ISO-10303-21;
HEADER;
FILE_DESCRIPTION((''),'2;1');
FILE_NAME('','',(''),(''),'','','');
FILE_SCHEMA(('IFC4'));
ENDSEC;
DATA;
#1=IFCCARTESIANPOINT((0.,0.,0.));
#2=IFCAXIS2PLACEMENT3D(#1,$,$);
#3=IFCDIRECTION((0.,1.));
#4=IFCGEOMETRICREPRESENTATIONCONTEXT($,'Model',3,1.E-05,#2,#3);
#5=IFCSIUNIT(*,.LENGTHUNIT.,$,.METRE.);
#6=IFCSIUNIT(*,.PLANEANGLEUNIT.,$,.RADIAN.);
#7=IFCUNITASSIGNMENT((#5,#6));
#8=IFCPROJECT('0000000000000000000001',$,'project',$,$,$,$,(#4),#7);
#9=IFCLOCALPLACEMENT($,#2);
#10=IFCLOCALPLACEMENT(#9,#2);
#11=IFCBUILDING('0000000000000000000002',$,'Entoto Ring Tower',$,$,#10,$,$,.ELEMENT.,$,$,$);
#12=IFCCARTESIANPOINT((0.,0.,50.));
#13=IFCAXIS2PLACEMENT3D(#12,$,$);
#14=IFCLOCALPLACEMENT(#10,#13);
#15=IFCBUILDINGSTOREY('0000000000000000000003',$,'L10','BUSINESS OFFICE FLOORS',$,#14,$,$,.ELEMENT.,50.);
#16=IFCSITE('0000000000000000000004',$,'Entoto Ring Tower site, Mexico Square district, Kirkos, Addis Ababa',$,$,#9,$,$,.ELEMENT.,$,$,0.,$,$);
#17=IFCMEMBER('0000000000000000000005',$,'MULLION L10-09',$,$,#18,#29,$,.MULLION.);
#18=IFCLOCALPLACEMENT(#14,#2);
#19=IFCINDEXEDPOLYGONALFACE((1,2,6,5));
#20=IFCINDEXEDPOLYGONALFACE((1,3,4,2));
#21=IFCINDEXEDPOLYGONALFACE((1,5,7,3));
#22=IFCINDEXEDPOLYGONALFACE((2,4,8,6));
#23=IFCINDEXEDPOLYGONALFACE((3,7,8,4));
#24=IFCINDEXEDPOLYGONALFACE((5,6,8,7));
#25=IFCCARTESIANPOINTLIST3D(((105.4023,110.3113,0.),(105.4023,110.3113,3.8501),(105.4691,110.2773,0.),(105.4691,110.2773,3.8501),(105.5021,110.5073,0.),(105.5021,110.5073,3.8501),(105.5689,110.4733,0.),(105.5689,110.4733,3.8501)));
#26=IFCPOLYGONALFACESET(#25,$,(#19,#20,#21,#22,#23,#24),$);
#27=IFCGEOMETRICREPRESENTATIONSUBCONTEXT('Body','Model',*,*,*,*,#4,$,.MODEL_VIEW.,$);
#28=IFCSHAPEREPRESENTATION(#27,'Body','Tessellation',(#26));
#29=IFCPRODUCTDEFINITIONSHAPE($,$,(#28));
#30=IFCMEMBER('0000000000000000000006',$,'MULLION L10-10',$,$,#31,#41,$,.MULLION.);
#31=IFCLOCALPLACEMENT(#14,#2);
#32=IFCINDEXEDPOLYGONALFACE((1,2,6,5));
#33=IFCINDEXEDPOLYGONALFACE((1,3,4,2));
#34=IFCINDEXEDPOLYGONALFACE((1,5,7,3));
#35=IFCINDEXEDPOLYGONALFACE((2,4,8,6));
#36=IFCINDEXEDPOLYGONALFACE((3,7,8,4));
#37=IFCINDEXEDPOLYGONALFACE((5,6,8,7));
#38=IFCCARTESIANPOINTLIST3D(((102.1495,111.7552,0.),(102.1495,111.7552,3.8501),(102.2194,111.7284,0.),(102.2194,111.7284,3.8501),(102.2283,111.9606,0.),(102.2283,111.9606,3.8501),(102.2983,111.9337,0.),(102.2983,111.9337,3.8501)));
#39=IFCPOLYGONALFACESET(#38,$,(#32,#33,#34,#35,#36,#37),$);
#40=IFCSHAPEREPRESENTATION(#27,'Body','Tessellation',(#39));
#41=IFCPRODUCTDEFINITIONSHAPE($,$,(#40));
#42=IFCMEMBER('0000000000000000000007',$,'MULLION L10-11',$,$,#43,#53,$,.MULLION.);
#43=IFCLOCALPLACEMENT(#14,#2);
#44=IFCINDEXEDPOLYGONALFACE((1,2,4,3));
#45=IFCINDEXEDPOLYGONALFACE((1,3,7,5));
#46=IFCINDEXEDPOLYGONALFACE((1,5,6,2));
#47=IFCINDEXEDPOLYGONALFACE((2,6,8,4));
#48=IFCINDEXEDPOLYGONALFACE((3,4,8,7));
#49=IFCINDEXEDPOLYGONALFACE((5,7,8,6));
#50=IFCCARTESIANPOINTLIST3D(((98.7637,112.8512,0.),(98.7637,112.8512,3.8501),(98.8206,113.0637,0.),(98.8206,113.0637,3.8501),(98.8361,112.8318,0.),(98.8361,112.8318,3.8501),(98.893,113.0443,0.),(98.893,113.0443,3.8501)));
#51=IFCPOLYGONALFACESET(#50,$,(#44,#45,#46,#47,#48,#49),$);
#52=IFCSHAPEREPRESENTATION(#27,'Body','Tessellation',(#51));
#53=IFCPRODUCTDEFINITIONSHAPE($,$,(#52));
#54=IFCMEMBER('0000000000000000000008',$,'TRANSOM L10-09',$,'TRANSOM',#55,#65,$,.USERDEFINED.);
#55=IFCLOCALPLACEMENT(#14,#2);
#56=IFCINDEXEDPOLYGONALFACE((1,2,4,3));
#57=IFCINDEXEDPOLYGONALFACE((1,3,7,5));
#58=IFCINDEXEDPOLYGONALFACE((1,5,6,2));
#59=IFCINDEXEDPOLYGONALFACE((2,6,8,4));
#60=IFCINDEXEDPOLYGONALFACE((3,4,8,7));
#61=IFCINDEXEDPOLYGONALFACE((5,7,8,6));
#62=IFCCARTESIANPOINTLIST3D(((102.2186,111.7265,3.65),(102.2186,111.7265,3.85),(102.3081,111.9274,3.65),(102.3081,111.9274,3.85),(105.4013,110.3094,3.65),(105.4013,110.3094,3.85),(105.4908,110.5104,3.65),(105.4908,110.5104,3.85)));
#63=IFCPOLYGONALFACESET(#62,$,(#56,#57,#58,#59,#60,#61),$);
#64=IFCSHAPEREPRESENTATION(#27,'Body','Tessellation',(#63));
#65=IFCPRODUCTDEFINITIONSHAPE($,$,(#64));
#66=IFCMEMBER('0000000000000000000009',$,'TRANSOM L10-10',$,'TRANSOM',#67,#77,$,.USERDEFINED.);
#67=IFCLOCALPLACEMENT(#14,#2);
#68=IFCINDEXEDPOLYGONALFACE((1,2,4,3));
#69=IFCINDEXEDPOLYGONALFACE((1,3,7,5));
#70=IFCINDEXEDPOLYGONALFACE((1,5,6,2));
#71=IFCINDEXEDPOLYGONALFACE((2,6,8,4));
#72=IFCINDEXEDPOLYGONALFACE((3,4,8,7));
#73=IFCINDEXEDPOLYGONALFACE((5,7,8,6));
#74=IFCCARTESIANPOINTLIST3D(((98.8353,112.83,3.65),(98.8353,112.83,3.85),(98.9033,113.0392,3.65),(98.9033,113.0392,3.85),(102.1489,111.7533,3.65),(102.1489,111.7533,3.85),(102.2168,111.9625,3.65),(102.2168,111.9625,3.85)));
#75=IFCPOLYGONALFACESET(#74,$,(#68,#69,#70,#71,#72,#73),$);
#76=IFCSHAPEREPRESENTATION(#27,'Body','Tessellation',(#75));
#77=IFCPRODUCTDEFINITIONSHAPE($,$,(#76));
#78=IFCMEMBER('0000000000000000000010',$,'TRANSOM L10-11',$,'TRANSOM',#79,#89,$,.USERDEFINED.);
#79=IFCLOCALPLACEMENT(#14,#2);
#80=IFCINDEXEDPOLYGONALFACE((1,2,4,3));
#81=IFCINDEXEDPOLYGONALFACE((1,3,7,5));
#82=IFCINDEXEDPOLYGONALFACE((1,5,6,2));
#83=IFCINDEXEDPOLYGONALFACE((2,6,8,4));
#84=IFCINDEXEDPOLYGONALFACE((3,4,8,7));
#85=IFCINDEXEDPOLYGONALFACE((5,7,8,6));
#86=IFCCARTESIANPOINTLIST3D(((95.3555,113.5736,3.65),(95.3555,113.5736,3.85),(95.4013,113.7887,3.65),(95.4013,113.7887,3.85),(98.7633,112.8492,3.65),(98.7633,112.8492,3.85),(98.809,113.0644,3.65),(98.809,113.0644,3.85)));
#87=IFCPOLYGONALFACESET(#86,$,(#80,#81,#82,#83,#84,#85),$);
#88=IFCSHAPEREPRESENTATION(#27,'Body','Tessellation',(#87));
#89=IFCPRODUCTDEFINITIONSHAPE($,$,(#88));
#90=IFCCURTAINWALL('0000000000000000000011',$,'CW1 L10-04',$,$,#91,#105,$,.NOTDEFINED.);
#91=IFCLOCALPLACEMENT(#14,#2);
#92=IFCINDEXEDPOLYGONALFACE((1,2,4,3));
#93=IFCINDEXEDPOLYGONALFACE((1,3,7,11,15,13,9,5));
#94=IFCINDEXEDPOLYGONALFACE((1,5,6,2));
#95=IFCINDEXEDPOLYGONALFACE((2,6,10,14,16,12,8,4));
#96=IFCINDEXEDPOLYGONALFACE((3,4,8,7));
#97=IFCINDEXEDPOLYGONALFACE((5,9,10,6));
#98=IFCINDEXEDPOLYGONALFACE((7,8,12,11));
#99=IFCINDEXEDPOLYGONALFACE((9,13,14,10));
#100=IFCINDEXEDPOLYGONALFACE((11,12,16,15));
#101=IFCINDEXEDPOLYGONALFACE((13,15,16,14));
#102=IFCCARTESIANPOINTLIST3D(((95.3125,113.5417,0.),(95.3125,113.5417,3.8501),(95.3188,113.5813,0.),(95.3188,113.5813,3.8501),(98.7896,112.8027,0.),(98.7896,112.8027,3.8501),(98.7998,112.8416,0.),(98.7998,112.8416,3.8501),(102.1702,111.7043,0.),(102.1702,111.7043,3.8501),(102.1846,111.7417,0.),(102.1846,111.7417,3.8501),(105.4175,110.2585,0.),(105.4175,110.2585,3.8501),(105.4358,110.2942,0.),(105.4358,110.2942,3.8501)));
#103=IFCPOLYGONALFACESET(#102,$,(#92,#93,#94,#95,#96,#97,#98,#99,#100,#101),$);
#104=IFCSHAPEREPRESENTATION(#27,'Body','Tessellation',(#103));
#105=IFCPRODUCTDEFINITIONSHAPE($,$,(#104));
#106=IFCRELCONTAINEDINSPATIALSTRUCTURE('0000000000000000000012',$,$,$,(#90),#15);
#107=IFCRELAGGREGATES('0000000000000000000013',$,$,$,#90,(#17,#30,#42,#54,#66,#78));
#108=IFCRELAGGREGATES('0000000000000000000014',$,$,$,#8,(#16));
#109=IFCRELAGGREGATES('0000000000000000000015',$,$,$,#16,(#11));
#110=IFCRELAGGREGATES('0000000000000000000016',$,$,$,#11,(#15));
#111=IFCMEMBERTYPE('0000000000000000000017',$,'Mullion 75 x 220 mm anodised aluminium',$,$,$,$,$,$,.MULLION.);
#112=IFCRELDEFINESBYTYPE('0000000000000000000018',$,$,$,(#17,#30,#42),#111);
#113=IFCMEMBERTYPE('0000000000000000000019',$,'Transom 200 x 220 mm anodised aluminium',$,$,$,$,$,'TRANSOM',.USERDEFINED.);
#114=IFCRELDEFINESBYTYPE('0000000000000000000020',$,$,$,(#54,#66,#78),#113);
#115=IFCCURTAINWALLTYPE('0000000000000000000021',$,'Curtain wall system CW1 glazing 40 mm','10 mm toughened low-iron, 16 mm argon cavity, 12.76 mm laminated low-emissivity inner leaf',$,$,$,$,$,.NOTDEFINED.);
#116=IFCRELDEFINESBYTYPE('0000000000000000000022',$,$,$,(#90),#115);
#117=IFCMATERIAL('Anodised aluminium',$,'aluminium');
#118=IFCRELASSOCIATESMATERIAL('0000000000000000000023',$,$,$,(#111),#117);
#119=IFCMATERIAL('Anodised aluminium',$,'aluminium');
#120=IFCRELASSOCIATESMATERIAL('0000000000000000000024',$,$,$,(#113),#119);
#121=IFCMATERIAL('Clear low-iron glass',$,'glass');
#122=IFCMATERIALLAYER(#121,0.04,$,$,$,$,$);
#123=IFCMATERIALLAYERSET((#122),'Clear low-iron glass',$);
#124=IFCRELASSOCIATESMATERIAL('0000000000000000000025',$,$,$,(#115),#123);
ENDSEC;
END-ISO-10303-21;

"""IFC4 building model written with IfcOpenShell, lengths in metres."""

from ifc_helpers import new_model, si_unit, direction, frame, origin, origin_2d, place, context, subcontext, project, spatial, polyline, rectangle, outline, extrude, material, layer, layer_set, material_profile, profile_set, type_object, element, aggregate, save


model = new_model("IFC4")

# Units and contexts
model_context = context("Model", 3, precision=1e-05, world=origin(), true_north=direction((0.0, 1.0)))
body_context = subcontext(model_context, "Body", "Model", "MODEL_VIEW")
ifc_project = project(units=[si_unit("LENGTHUNIT", "METRE"), si_unit("PLANEANGLEUNIT", "RADIAN")], contexts=[model_context])

# Members
ifc_material_1 = material(Name="Anodised aluminium", Category="aluminium")
ifc_material_profile_1 = material_profile(ifc_material_1, rectangle(XDim=0.075, YDim=0.22, at=origin_2d()), Name="Mullion 75 x 220 mm anodised aluminium")
ifc_profile_set_1 = profile_set([ifc_material_profile_1], Name="Anodised aluminium")
member_type_1 = type_object("IfcMemberType", Name="Mullion 75 x 220 mm anodised aluminium", PredefinedType="MULLION", material=ifc_profile_set_1)
site_placement = place(None, origin())
building_placement = place(site_placement, origin())
storey_placement = place(building_placement, frame((0.0, 0.0, 50.0)))
member_1_placement = place(storey_placement, frame((105.4856, 110.3923, 0.0), z_axis=(0.0, 0.0, 1.0), x_axis=(-0.891007, 0.45399, 0.0)))
member_1 = element("IfcMember", 1, at=member_1_placement, type_object=member_type_1, Name="MULLION L10-09", PredefinedType="MULLION", context=body_context, shape_type="SweptSolid", body=[
    extrude(rectangle(XDim=0.075, YDim=0.22, at=origin_2d()), origin(), (0.0, 0.0, 1.0), 3.8501),
])
member_2_placement = place(storey_placement, frame((102.2239, 111.8445, 0.0), z_axis=(0.0, 0.0, 1.0), x_axis=(-0.93358, 0.358368, 0.0)))
member_2 = element("IfcMember", 2, at=member_2_placement, type_object=member_type_1, Name="MULLION L10-10", PredefinedType="MULLION", context=body_context, shape_type="SweptSolid", body=[
    extrude(rectangle(XDim=0.075, YDim=0.22, at=origin_2d()), origin(), (0.0, 0.0, 1.0), 3.8501),
])
member_3_placement = place(storey_placement, frame((98.8284, 112.9478, 0.0), z_axis=(0.0, 0.0, 1.0), x_axis=(-0.965926, 0.258819, 0.0)))
member_3 = element("IfcMember", 3, at=member_3_placement, type_object=member_type_1, Name="MULLION L10-11", PredefinedType="MULLION", context=body_context, shape_type="SweptSolid", body=[
    extrude(rectangle(XDim=0.075, YDim=0.22, at=origin_2d()), origin(), (0.0, 0.0, 1.0), 3.8501),
])
ifc_material_2 = material(Name="Anodised aluminium", Category="aluminium")
ifc_material_profile_2 = material_profile(ifc_material_2, rectangle(XDim=0.22, YDim=0.2, at=origin_2d()), Name="Transom 200 x 220 mm anodised aluminium")
ifc_profile_set_2 = profile_set([ifc_material_profile_2], Name="Anodised aluminium")
member_type_2 = type_object("IfcMemberType", Name="Transom 200 x 220 mm anodised aluminium", ElementType="TRANSOM", PredefinedType="USERDEFINED", material=ifc_profile_set_2)
member_4_placement = place(storey_placement, frame((105.446, 110.4099, 3.75), z_axis=(-0.913545, 0.406737, 0.0), x_axis=(-0.406737, -0.913545, 0.0)))
member_4 = element("IfcMember", 4, at=member_4_placement, type_object=member_type_2, Name="TRANSOM L10-09", ObjectType="TRANSOM", PredefinedType="USERDEFINED", context=body_context, shape_type="SweptSolid", body=[
    extrude(rectangle(XDim=0.22, YDim=0.2, at=origin_2d()), origin(), (0.0, 0.0, 1.0), 3.4839),
])
member_5_placement = place(storey_placement, frame((102.1829, 111.8579, 3.75), z_axis=(-0.951053, 0.309029, 0.0), x_axis=(-0.309029, -0.951053, 0.0)))
member_5 = element("IfcMember", 5, at=member_5_placement, type_object=member_type_2, Name="TRANSOM L10-10", ObjectType="TRANSOM", PredefinedType="USERDEFINED", context=body_context, shape_type="SweptSolid", body=[
    extrude(rectangle(XDim=0.22, YDim=0.2, at=origin_2d()), origin(), (0.0, 0.0, 1.0), 3.4841),
])
member_6_placement = place(storey_placement, frame((98.7861, 112.9568, 3.75), z_axis=(-0.978146, 0.207921, 0.0), x_axis=(-0.207921, -0.978146, 0.0)))
member_6 = element("IfcMember", 6, at=member_6_placement, type_object=member_type_2, Name="TRANSOM L10-11", ObjectType="TRANSOM", PredefinedType="USERDEFINED", context=body_context, shape_type="SweptSolid", body=[
    extrude(rectangle(XDim=0.22, YDim=0.2, at=origin_2d()), origin(), (0.0, 0.0, 1.0), 3.4839),
])

# Site, building, storey
site = spatial("IfcSite", under=ifc_project, at=site_placement, Name="Entoto Ring Tower site, Mexico Square district, Kirkos, Addis Ababa", CompositionType="ELEMENT", RefElevation=0.0)
building = spatial("IfcBuilding", under=site, at=building_placement, Name="Entoto Ring Tower", CompositionType="ELEMENT")
storey = spatial("IfcBuildingStorey", under=building, at=storey_placement, Name="L10", Description="BUSINESS OFFICE FLOORS", CompositionType="ELEMENT", Elevation=50.0)

# Curtain wall
ifc_material_3 = material(Name="Clear low-iron glass", Category="glass")
ifc_layer = layer(ifc_material_3, 0.04)
ifc_layer_set = layer_set([ifc_layer], Name="Clear low-iron glass")
curtain_wall_type = type_object("IfcCurtainWallType", Name="Curtain wall system CW1 glazing 40 mm", Description="10 mm toughened low-iron, 16 mm argon cavity, 12.76 mm laminated low-emissivity inner leaf", PredefinedType="NOTDEFINED", material=ifc_layer_set)
curtain_wall_1_placement = place(storey_placement, origin())
curtain_wall_1 = element("IfcCurtainWall", 7, at=curtain_wall_1_placement, inside=storey, type_object=curtain_wall_type, Name="CW1 L10-04", PredefinedType="NOTDEFINED", context=body_context, shape_type="SweptSolid", body=[
    extrude(outline(polyline([(105.4358, 110.2942), (102.1846, 111.7417), (98.7998, 112.8416), (95.3188, 113.5813), (95.3125, 113.5417), (98.7896, 112.8027), (102.1702, 111.7043), (105.4175, 110.2585), (105.4358, 110.2942)])), origin(), (0.0, 0.0, 1.0), 3.8501),
])
aggregate(curtain_wall_1, [member_1, member_2, member_3, member_4, member_5, member_6])

save(model, "model.ifc")
